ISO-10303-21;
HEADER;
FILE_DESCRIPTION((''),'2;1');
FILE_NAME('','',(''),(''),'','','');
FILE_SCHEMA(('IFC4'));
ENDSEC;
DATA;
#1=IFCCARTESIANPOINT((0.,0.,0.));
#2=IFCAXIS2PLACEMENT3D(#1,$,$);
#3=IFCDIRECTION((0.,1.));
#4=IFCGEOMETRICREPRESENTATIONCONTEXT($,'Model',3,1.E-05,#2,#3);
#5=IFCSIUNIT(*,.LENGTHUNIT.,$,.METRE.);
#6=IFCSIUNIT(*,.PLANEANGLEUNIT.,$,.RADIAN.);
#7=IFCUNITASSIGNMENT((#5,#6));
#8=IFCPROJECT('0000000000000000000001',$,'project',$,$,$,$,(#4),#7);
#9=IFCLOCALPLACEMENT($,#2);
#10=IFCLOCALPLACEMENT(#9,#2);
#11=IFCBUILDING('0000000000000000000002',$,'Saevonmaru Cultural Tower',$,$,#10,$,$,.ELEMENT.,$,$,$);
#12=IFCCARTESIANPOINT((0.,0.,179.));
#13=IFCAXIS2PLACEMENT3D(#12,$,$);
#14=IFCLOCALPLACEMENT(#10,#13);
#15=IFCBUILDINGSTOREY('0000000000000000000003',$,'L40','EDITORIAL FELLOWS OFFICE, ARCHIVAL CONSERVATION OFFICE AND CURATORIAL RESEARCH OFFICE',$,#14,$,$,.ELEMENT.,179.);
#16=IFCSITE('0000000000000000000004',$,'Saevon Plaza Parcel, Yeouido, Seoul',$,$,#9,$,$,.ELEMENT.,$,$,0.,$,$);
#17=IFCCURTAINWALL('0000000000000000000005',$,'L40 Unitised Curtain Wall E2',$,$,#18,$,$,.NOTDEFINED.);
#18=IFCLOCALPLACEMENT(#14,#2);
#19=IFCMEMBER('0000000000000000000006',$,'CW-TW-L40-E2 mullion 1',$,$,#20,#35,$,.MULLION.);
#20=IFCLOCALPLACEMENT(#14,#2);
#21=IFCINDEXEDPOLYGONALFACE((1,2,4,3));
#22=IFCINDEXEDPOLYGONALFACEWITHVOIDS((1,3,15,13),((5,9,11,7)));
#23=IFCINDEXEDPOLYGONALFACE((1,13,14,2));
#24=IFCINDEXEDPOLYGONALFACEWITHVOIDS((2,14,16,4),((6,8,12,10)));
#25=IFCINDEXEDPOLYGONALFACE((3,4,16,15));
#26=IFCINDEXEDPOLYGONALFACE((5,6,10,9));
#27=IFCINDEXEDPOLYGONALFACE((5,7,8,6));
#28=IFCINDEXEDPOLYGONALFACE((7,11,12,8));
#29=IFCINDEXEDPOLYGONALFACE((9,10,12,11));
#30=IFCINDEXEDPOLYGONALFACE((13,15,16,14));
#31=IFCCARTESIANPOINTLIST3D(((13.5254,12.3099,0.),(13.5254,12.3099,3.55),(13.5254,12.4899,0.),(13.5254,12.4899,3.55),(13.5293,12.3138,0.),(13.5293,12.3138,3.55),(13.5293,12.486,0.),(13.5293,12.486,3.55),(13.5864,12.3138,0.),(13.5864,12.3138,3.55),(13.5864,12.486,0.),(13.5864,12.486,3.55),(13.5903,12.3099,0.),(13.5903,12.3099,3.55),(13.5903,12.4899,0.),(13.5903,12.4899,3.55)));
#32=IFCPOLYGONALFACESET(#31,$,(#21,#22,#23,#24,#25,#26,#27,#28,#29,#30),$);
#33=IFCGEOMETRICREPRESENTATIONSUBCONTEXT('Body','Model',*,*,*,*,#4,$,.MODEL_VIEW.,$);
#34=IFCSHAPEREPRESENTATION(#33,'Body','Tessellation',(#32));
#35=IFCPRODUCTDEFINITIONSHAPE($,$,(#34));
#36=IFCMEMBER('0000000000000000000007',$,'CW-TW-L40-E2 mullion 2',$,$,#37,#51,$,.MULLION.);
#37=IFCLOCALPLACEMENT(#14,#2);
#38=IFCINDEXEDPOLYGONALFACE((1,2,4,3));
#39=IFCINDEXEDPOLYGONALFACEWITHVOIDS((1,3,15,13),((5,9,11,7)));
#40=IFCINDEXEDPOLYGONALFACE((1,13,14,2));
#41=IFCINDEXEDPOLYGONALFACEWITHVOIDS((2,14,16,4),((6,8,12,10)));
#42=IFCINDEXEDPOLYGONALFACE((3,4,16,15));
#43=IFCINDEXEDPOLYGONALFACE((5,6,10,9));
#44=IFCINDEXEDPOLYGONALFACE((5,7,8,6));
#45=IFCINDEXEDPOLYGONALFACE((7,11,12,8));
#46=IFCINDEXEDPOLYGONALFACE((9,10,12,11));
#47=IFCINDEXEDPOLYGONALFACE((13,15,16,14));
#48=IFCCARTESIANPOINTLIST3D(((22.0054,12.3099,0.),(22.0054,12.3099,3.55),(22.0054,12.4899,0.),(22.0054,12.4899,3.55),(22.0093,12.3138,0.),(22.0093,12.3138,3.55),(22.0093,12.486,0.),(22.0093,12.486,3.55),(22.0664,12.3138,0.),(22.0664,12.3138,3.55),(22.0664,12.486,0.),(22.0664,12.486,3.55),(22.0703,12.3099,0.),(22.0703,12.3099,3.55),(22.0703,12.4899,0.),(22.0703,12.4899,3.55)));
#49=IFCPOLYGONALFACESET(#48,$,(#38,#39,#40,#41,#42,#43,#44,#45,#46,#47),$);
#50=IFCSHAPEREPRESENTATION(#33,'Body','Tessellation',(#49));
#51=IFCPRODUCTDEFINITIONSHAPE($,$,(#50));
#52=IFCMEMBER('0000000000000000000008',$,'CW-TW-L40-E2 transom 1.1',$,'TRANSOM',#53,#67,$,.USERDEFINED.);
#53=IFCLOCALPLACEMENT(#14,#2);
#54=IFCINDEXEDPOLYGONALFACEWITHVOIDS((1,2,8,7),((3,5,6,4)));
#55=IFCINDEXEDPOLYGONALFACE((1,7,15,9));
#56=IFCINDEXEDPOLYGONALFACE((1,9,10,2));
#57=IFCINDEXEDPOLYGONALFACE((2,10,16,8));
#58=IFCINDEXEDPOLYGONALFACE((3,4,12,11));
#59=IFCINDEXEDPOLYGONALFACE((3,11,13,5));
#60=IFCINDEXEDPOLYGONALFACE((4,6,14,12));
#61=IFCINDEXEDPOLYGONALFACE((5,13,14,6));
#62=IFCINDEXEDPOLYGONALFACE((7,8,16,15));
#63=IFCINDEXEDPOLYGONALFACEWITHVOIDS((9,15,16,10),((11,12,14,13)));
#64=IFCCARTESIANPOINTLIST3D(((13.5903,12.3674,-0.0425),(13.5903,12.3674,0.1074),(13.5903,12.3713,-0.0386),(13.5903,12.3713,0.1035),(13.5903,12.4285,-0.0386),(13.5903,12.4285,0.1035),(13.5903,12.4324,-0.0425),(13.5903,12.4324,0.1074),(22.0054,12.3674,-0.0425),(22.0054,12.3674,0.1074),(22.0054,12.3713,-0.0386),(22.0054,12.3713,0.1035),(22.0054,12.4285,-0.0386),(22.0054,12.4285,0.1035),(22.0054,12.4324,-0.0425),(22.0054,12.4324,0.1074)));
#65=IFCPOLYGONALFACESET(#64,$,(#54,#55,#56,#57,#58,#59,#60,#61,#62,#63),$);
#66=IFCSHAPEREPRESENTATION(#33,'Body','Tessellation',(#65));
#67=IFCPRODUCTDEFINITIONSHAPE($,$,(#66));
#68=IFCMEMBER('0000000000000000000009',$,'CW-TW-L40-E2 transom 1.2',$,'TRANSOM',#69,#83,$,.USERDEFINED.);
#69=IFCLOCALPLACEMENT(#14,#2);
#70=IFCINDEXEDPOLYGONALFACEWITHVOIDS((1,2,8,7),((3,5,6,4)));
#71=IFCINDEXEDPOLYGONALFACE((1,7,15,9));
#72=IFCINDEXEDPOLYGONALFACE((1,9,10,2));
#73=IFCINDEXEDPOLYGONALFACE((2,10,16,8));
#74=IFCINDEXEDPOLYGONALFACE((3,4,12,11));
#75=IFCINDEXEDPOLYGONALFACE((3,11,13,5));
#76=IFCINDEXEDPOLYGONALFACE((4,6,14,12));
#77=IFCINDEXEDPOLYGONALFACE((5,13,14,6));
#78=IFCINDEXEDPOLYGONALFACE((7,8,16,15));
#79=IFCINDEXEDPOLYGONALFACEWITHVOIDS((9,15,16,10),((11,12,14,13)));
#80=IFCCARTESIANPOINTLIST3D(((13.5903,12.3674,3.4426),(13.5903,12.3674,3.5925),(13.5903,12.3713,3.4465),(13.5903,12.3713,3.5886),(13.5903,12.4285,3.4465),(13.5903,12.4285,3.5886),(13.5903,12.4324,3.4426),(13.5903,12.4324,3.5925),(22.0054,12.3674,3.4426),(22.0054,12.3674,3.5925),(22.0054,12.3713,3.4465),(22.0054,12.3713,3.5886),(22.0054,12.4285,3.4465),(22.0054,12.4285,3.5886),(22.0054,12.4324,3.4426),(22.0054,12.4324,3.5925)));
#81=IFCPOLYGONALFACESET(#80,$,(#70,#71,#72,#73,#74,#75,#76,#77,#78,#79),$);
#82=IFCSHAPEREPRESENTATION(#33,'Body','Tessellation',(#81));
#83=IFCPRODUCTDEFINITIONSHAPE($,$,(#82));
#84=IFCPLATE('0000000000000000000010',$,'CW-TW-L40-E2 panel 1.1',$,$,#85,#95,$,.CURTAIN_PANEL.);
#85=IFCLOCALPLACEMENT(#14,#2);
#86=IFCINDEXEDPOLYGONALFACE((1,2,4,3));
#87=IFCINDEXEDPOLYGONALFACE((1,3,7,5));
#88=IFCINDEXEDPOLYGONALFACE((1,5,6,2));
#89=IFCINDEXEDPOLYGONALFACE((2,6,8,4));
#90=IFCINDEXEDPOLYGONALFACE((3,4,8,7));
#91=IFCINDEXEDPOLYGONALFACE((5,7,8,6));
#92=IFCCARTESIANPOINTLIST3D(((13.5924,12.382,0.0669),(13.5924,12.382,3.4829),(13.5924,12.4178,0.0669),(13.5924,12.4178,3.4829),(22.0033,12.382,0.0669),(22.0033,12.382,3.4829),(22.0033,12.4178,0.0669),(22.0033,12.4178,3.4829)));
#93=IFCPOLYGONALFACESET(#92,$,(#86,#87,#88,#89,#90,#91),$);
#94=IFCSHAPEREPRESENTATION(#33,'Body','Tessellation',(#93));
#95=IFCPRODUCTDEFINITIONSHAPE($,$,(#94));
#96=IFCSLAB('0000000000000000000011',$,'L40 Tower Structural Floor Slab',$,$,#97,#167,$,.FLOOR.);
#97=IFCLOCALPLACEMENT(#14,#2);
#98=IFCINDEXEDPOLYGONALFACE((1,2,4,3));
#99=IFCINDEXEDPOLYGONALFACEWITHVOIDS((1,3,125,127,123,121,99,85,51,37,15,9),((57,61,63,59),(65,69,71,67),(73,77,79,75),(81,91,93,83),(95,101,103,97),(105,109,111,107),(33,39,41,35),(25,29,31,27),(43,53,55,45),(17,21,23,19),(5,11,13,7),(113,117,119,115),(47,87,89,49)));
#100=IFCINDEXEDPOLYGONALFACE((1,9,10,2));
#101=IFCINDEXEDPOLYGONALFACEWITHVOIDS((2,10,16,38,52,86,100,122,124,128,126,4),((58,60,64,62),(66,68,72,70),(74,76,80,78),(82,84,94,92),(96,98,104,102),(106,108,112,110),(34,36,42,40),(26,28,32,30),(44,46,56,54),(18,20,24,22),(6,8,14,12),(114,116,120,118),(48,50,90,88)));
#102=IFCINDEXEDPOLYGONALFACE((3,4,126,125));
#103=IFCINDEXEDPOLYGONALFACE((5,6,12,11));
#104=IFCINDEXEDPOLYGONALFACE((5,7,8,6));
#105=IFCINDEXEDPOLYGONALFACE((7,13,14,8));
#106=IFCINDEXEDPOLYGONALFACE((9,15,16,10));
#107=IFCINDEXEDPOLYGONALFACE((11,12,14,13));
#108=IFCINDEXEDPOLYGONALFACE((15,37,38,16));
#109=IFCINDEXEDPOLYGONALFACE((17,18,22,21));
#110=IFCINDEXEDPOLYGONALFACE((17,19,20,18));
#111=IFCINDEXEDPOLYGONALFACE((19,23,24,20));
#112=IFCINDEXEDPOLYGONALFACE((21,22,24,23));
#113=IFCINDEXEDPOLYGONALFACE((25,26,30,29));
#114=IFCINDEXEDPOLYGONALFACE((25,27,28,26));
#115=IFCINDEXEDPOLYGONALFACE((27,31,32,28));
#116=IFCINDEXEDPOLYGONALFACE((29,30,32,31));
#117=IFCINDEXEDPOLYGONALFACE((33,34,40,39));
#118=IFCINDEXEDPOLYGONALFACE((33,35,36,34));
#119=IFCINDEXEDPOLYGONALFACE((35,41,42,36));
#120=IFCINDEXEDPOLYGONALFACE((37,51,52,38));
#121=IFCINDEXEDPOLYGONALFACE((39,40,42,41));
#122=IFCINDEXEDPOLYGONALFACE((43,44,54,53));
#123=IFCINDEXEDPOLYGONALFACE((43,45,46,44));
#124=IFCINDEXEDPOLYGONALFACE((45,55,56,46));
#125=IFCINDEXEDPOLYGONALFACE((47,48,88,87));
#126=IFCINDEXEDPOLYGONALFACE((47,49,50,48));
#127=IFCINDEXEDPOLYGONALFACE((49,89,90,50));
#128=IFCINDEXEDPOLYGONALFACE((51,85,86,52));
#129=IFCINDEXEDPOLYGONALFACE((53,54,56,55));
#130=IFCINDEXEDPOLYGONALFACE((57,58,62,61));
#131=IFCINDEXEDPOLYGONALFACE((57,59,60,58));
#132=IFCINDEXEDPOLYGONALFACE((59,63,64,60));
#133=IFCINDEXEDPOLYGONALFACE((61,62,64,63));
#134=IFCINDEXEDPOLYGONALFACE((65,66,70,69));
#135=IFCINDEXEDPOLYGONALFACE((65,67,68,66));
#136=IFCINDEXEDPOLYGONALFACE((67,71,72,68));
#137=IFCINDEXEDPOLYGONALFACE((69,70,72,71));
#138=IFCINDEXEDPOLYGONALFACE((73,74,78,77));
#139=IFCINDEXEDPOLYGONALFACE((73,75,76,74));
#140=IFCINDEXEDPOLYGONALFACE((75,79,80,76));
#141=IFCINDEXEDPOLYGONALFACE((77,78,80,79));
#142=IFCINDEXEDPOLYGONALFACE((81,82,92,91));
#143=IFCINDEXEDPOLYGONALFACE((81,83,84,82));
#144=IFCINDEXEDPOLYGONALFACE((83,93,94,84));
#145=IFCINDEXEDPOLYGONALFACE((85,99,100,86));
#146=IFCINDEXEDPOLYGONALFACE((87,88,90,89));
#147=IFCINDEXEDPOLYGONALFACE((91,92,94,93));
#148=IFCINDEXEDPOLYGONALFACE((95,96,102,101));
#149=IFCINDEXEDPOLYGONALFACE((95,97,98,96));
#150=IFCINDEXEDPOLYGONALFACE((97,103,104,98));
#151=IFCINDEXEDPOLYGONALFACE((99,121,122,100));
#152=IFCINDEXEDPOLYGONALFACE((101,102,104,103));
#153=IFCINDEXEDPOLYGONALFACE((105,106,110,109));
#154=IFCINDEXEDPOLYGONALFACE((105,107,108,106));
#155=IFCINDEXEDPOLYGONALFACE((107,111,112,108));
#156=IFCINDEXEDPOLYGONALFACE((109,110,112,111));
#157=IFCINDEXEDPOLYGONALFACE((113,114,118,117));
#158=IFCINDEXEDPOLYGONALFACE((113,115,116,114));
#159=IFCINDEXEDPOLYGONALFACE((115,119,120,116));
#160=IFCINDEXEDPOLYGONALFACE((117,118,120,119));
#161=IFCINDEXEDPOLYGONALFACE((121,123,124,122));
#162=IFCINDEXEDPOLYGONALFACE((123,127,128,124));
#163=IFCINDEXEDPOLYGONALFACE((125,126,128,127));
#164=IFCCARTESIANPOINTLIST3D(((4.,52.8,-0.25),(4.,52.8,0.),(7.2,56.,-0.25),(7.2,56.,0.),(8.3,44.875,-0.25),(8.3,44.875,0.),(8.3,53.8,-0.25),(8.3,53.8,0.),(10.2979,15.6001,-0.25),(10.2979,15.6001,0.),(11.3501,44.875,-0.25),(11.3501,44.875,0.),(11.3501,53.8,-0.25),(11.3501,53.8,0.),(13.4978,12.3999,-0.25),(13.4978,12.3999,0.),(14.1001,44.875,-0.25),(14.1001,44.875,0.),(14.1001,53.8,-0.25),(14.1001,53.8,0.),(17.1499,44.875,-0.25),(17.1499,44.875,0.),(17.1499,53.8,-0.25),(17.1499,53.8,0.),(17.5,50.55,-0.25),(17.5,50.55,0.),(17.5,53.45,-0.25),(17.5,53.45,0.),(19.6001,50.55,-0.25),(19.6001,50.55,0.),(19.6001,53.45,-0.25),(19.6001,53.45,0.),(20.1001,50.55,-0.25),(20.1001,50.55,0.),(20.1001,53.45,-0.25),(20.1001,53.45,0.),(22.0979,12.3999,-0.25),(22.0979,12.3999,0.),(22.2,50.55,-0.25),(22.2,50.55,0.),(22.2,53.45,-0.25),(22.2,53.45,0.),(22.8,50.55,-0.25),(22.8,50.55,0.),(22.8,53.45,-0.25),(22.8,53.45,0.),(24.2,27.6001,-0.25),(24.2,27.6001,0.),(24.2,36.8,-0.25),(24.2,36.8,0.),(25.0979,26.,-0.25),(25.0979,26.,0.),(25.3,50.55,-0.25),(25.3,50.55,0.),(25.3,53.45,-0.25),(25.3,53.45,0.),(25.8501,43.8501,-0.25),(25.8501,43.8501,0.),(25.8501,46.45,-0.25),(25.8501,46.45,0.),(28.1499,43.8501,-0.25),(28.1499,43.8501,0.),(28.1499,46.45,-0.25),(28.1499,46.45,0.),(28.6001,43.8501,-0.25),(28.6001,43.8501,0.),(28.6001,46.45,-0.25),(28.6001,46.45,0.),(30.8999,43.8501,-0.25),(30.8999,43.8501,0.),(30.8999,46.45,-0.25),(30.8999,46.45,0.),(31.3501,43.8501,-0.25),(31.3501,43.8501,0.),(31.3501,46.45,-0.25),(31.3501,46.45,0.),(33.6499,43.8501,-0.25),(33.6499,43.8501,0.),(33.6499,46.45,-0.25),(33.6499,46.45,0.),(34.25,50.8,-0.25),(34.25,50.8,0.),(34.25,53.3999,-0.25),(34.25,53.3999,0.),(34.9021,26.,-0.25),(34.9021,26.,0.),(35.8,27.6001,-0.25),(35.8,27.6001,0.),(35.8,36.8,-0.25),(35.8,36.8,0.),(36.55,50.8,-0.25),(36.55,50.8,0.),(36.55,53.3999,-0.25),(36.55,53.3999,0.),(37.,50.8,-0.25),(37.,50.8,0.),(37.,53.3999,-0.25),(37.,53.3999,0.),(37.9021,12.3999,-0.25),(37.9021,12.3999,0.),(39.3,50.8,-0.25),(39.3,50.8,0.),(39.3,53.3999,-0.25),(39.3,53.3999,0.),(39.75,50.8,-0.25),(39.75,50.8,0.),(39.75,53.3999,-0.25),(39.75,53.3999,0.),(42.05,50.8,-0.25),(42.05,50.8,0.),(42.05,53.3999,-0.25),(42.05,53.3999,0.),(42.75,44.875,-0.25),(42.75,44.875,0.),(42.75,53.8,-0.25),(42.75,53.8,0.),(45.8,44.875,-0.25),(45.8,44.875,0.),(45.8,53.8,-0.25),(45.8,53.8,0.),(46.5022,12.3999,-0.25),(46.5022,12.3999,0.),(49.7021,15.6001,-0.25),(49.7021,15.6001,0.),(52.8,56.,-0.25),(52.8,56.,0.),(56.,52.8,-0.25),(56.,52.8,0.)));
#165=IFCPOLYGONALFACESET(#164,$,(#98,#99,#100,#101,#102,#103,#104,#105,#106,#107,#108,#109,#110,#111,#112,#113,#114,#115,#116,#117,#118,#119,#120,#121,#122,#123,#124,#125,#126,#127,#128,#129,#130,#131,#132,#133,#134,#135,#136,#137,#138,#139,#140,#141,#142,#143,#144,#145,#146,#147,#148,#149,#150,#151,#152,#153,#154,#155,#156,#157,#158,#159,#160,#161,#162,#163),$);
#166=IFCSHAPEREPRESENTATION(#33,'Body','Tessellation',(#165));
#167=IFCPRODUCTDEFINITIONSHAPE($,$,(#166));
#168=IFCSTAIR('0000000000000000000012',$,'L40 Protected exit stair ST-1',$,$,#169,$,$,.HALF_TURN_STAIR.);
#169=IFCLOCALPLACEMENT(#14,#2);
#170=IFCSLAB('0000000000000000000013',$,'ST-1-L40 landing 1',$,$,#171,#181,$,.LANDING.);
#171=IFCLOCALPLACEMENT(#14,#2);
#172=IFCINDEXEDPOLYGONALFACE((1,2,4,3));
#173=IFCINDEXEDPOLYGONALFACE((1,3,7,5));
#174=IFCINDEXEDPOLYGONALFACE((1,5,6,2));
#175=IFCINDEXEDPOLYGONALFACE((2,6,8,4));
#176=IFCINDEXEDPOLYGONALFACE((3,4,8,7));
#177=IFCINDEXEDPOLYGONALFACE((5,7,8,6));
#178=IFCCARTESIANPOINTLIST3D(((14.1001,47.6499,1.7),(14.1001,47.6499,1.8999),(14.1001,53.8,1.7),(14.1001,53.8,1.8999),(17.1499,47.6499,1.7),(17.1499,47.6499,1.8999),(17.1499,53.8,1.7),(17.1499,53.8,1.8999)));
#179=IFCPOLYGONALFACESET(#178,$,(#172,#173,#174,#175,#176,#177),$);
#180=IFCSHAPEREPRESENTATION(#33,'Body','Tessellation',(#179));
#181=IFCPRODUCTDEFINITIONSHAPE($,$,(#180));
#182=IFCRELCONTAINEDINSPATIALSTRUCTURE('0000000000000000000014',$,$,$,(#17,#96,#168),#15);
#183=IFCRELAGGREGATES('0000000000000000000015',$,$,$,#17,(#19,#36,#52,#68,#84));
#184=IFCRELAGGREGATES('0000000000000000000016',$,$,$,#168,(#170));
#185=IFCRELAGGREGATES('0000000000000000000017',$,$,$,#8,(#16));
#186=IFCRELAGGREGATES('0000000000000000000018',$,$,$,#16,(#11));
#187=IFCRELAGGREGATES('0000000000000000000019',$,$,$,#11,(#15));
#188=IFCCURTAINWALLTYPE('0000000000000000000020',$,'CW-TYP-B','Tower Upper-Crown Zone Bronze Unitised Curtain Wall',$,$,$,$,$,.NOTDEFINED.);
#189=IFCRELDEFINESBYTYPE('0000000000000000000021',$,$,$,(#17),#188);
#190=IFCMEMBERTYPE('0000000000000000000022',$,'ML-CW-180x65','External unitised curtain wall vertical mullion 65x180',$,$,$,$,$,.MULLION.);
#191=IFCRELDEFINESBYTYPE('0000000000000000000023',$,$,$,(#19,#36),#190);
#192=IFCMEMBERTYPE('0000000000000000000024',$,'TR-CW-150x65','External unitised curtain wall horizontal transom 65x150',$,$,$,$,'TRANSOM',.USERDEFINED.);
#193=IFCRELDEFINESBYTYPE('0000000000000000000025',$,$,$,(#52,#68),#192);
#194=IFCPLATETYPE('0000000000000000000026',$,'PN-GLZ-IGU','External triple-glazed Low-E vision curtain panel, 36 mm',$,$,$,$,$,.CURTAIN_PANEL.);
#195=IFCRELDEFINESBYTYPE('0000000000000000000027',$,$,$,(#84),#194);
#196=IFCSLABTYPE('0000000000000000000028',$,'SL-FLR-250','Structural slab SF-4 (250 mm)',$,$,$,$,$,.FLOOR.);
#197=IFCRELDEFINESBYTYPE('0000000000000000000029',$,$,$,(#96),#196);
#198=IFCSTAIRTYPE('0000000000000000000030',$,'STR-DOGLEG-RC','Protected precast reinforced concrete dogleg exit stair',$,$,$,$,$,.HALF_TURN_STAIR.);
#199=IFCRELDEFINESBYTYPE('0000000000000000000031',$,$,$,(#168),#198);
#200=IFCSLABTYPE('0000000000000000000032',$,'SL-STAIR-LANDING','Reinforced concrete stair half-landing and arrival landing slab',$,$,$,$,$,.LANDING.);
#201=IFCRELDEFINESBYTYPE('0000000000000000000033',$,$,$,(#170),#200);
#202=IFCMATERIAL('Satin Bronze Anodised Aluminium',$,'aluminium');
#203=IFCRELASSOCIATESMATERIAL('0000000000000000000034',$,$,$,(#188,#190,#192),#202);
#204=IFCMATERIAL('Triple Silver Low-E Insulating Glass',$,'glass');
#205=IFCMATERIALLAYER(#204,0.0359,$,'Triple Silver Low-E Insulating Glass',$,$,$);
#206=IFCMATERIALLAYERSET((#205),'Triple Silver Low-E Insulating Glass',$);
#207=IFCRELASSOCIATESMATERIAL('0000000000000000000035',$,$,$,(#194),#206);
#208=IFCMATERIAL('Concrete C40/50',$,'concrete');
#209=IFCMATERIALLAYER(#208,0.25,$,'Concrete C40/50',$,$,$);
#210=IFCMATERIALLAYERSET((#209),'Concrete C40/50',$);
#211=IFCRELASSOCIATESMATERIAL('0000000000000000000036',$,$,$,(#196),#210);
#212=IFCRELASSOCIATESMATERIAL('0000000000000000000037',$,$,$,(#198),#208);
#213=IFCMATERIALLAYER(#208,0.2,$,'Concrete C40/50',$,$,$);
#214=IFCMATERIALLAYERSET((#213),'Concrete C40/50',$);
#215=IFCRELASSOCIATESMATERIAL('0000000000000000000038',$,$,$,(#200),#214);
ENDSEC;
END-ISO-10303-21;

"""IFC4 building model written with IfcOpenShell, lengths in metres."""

from ifc_helpers import new_model, si_unit, direction, frame, origin, origin_2d, place, context, subcontext, project, spatial, polyline, rectangle, hollow_rectangle, outline, extrude, material, layer, layer_set, material_profile, profile_set, type_object, element, aggregate, save


model = new_model("IFC4")

# Units and contexts
model_context = context("Model", 3, precision=1e-05, world=origin(), true_north=direction((0.0, 1.0)))
body_context = subcontext(model_context, "Body", "Model", "MODEL_VIEW")
ifc_project = project(units=[si_unit("LENGTHUNIT", "METRE"), si_unit("PLANEANGLEUNIT", "RADIAN")], contexts=[model_context])

# Site, building, storey
site_placement = place(None, origin())
site = spatial("IfcSite", under=ifc_project, at=site_placement, Name="Saevon Plaza Parcel, Yeouido, Seoul", CompositionType="ELEMENT", RefElevation=0.0)
building_placement = place(site_placement, origin())
building = spatial("IfcBuilding", under=site, at=building_placement, Name="Saevonmaru Cultural Tower", CompositionType="ELEMENT")
storey_placement = place(building_placement, frame((0.0, 0.0, 179.0)))
storey = spatial("IfcBuildingStorey", under=building, at=storey_placement, Name="L40", Description="EDITORIAL FELLOWS OFFICE, ARCHIVAL CONSERVATION OFFICE AND CURATORIAL RESEARCH OFFICE", CompositionType="ELEMENT", Elevation=179.0)

# Curtain wall, members, plate
ifc_material_1 = material(Name="Satin Bronze Anodised Aluminium", Category="aluminium")
curtain_wall_type = type_object("IfcCurtainWallType", Name="CW-TYP-B", Description="Tower Upper-Crown Zone Bronze Unitised Curtain Wall", PredefinedType="NOTDEFINED", material=ifc_material_1)
curtain_wall_placement = place(storey_placement, origin())
curtain_wall = element("IfcCurtainWall", 1, at=curtain_wall_placement, inside=storey, type_object=curtain_wall_type, Name="L40 Unitised Curtain Wall E2", PredefinedType="NOTDEFINED")
ifc_material_profile_1 = material_profile(ifc_material_1, hollow_rectangle(XDim=0.0649, YDim=0.1799, WallThickness=0.0039, at=origin_2d()), Name="ALU-MULL-180x65x4")
ifc_profile_set_1 = profile_set([ifc_material_profile_1], Name="Satin Bronze Anodised Aluminium")
member_type_1 = type_object("IfcMemberType", Name="ML-CW-180x65", Description="External unitised curtain wall vertical mullion 65x180", PredefinedType="MULLION", material=ifc_profile_set_1)
member_1_placement = place(storey_placement, frame((13.5579, 12.3999, 0.0), z_axis=(0.0, 0.0, 1.0), x_axis=(1.0, 0.0, 0.0)))
member_1 = element("IfcMember", 2, at=member_1_placement, type_object=member_type_1, Name="CW-TW-L40-E2 mullion 1", PredefinedType="MULLION", context=body_context, shape_type="SweptSolid", body=[
    extrude(hollow_rectangle(XDim=0.0649, YDim=0.1799, WallThickness=0.0039, at=origin_2d()), origin(), (0.0, 0.0, 1.0), 3.55),
])
member_2_placement = place(storey_placement, frame((22.0378, 12.3999, 0.0), z_axis=(0.0, 0.0, 1.0), x_axis=(1.0, 0.0, 0.0)))
member_2 = element("IfcMember", 3, at=member_2_placement, type_object=member_type_1, Name="CW-TW-L40-E2 mullion 2", PredefinedType="MULLION", context=body_context, shape_type="SweptSolid", body=[
    extrude(hollow_rectangle(XDim=0.0649, YDim=0.1799, WallThickness=0.0039, at=origin_2d()), origin(), (0.0, 0.0, 1.0), 3.55),
])
ifc_material_profile_2 = material_profile(ifc_material_1, hollow_rectangle(XDim=0.0649, YDim=0.1499, WallThickness=0.0039, at=origin_2d()), Name="ALU-TRAN-150x65x4")
ifc_profile_set_2 = profile_set([ifc_material_profile_2], Name="Satin Bronze Anodised Aluminium")
member_type_2 = type_object("IfcMemberType", Name="TR-CW-150x65", Description="External unitised curtain wall horizontal transom 65x150", ElementType="TRANSOM", PredefinedType="USERDEFINED", material=ifc_profile_set_2)
member_3_placement = place(storey_placement, frame((13.5903, 12.3999, 0.0325), z_axis=(1.0, 0.0, 0.0), x_axis=(0.0, 1.0, 0.0)))
member_3 = element("IfcMember", 4, at=member_3_placement, type_object=member_type_2, Name="CW-TW-L40-E2 transom 1.1", ObjectType="TRANSOM", PredefinedType="USERDEFINED", context=body_context, shape_type="SweptSolid", body=[
    extrude(hollow_rectangle(XDim=0.0649, YDim=0.1499, WallThickness=0.0039, at=origin_2d()), origin(), (0.0, 0.0, 1.0), 8.415),
])
member_4_placement = place(storey_placement, frame((13.5903, 12.3999, 3.5176), z_axis=(1.0, 0.0, 0.0), x_axis=(0.0, 1.0, 0.0)))
member_4 = element("IfcMember", 5, at=member_4_placement, type_object=member_type_2, Name="CW-TW-L40-E2 transom 1.2", ObjectType="TRANSOM", PredefinedType="USERDEFINED", context=body_context, shape_type="SweptSolid", body=[
    extrude(hollow_rectangle(XDim=0.0649, YDim=0.1499, WallThickness=0.0039, at=origin_2d()), origin(), (0.0, 0.0, 1.0), 8.415),
])
ifc_material_2 = material(Name="Triple Silver Low-E Insulating Glass", Category="glass")
ifc_layer_1 = layer(ifc_material_2, 0.0359, Name="Triple Silver Low-E Insulating Glass")
ifc_layer_set_1 = layer_set([ifc_layer_1], Name="Triple Silver Low-E Insulating Glass")
plate_type = type_object("IfcPlateType", Name="PN-GLZ-IGU", Description="External triple-glazed Low-E vision curtain panel, 36 mm", PredefinedType="CURTAIN_PANEL", material=ifc_layer_set_1)
plate_placement = place(storey_placement, frame((17.7979, 12.3999, 0.0669), z_axis=(0.0, 0.0, 1.0), x_axis=(1.0, 0.0, 0.0)))
plate = element("IfcPlate", 6, at=plate_placement, type_object=plate_type, Name="CW-TW-L40-E2 panel 1.1", PredefinedType="CURTAIN_PANEL", context=body_context, shape_type="SweptSolid", body=[
    extrude(rectangle(XDim=8.4109, YDim=0.0359, at=origin_2d()), origin(), (0.0, 0.0, 1.0), 3.416),
])
aggregate(curtain_wall, [member_1, member_2, member_3, member_4, plate])

# Slab
ifc_material_3 = material(Name="Concrete C40/50", Category="concrete")
ifc_layer_2 = layer(ifc_material_3, 0.25, Name="Concrete C40/50")
ifc_layer_set_2 = layer_set([ifc_layer_2], Name="Concrete C40/50")
slab_type_1 = type_object("IfcSlabType", Name="SL-FLR-250", Description="Structural slab SF-4 (250 mm)", PredefinedType="FLOOR", material=ifc_layer_set_2)
slab_1_placement = place(storey_placement, frame((0.0, 0.0, -0.25)))
element("IfcSlab", 7, at=slab_1_placement, inside=storey, type_object=slab_type_1, Name="L40 Tower Structural Floor Slab", PredefinedType="FLOOR", context=body_context, shape_type="SweptSolid", body=[
    extrude(outline(polyline([(10.2979, 15.6001), (13.4978, 12.3999), (22.0979, 12.3999), (25.0979, 26.0), (34.9021, 26.0), (37.9021, 12.3999), (46.5022, 12.3999), (49.7021, 15.6001), (56.0, 52.8), (52.8, 56.0), (7.2, 56.0), (4.0, 52.8), (10.2979, 15.6001)]), holes=[polyline([(45.8, 44.875), (42.75, 44.875), (42.75, 53.8), (45.8, 53.8), (45.8, 44.875)]), polyline([(39.75, 50.8), (39.75, 53.3999), (42.05, 53.3999), (42.05, 50.8), (39.75, 50.8)]), polyline([(37.0, 50.8), (37.0, 53.3999), (39.3, 53.3999), (39.3, 50.8), (37.0, 50.8)]), polyline([(34.25, 50.8), (34.25, 53.3999), (36.55, 53.3999), (36.55, 50.8), (34.25, 50.8)]), polyline([(24.2, 27.6001), (24.2, 36.8), (35.8, 36.8), (35.8, 27.6001), (24.2, 27.6001)]), polyline([(31.3501, 43.8501), (31.3501, 46.45), (33.6499, 46.45), (33.6499, 43.8501), (31.3501, 43.8501)]), polyline([(28.6001, 43.8501), (28.6001, 46.45), (30.8999, 46.45), (30.8999, 43.8501), (28.6001, 43.8501)]), polyline([(28.1499, 43.8501), (25.8501, 43.8501), (25.8501, 46.45), (28.1499, 46.45), (28.1499, 43.8501)]), polyline([(25.3, 50.55), (22.8, 50.55), (22.8, 53.45), (25.3, 53.45), (25.3, 50.55)]), polyline([(20.1001, 50.55), (20.1001, 53.45), (22.2, 53.45), (22.2, 50.55), (20.1001, 50.55)]), polyline([(17.5, 50.55), (17.5, 53.45), (19.6001, 53.45), (19.6001, 50.55), (17.5, 50.55)]), polyline([(17.1499, 53.8), (17.1499, 44.875), (14.1001, 44.875), (14.1001, 53.8), (17.1499, 53.8)]), polyline([(11.3501, 44.875), (8.3, 44.875), (8.3, 53.8), (11.3501, 53.8), (11.3501, 44.875)])]), origin(), (0.0, 0.0, 1.0), 0.25),
])

# Stair, slab
stair_type = type_object("IfcStairType", Name="STR-DOGLEG-RC", Description="Protected precast reinforced concrete dogleg exit stair", PredefinedType="HALF_TURN_STAIR", material=ifc_material_3)
stair_1_placement = place(storey_placement, origin())
stair_1 = element("IfcStair", 8, at=stair_1_placement, inside=storey, type_object=stair_type, Name="L40 Protected exit stair ST-1", PredefinedType="HALF_TURN_STAIR")
ifc_layer_3 = layer(ifc_material_3, 0.2, Name="Concrete C40/50")
ifc_layer_set_3 = layer_set([ifc_layer_3], Name="Concrete C40/50")
slab_type_2 = type_object("IfcSlabType", Name="SL-STAIR-LANDING", Description="Reinforced concrete stair half-landing and arrival landing slab", PredefinedType="LANDING", material=ifc_layer_set_3)
slab_2_placement = place(storey_placement, frame((0.0, 0.0, 1.7)))
slab_2 = element("IfcSlab", 9, at=slab_2_placement, type_object=slab_type_2, Name="ST-1-L40 landing 1", PredefinedType="LANDING", context=body_context, shape_type="SweptSolid", body=[
    extrude(outline(polyline([(17.1499, 47.6499), (17.1499, 53.8), (14.1001, 53.8), (14.1001, 47.6499), (17.1499, 47.6499)])), origin(), (0.0, 0.0, 1.0), 0.2),
])
aggregate(stair_1, [slab_2])

save(model, "model.ifc")
